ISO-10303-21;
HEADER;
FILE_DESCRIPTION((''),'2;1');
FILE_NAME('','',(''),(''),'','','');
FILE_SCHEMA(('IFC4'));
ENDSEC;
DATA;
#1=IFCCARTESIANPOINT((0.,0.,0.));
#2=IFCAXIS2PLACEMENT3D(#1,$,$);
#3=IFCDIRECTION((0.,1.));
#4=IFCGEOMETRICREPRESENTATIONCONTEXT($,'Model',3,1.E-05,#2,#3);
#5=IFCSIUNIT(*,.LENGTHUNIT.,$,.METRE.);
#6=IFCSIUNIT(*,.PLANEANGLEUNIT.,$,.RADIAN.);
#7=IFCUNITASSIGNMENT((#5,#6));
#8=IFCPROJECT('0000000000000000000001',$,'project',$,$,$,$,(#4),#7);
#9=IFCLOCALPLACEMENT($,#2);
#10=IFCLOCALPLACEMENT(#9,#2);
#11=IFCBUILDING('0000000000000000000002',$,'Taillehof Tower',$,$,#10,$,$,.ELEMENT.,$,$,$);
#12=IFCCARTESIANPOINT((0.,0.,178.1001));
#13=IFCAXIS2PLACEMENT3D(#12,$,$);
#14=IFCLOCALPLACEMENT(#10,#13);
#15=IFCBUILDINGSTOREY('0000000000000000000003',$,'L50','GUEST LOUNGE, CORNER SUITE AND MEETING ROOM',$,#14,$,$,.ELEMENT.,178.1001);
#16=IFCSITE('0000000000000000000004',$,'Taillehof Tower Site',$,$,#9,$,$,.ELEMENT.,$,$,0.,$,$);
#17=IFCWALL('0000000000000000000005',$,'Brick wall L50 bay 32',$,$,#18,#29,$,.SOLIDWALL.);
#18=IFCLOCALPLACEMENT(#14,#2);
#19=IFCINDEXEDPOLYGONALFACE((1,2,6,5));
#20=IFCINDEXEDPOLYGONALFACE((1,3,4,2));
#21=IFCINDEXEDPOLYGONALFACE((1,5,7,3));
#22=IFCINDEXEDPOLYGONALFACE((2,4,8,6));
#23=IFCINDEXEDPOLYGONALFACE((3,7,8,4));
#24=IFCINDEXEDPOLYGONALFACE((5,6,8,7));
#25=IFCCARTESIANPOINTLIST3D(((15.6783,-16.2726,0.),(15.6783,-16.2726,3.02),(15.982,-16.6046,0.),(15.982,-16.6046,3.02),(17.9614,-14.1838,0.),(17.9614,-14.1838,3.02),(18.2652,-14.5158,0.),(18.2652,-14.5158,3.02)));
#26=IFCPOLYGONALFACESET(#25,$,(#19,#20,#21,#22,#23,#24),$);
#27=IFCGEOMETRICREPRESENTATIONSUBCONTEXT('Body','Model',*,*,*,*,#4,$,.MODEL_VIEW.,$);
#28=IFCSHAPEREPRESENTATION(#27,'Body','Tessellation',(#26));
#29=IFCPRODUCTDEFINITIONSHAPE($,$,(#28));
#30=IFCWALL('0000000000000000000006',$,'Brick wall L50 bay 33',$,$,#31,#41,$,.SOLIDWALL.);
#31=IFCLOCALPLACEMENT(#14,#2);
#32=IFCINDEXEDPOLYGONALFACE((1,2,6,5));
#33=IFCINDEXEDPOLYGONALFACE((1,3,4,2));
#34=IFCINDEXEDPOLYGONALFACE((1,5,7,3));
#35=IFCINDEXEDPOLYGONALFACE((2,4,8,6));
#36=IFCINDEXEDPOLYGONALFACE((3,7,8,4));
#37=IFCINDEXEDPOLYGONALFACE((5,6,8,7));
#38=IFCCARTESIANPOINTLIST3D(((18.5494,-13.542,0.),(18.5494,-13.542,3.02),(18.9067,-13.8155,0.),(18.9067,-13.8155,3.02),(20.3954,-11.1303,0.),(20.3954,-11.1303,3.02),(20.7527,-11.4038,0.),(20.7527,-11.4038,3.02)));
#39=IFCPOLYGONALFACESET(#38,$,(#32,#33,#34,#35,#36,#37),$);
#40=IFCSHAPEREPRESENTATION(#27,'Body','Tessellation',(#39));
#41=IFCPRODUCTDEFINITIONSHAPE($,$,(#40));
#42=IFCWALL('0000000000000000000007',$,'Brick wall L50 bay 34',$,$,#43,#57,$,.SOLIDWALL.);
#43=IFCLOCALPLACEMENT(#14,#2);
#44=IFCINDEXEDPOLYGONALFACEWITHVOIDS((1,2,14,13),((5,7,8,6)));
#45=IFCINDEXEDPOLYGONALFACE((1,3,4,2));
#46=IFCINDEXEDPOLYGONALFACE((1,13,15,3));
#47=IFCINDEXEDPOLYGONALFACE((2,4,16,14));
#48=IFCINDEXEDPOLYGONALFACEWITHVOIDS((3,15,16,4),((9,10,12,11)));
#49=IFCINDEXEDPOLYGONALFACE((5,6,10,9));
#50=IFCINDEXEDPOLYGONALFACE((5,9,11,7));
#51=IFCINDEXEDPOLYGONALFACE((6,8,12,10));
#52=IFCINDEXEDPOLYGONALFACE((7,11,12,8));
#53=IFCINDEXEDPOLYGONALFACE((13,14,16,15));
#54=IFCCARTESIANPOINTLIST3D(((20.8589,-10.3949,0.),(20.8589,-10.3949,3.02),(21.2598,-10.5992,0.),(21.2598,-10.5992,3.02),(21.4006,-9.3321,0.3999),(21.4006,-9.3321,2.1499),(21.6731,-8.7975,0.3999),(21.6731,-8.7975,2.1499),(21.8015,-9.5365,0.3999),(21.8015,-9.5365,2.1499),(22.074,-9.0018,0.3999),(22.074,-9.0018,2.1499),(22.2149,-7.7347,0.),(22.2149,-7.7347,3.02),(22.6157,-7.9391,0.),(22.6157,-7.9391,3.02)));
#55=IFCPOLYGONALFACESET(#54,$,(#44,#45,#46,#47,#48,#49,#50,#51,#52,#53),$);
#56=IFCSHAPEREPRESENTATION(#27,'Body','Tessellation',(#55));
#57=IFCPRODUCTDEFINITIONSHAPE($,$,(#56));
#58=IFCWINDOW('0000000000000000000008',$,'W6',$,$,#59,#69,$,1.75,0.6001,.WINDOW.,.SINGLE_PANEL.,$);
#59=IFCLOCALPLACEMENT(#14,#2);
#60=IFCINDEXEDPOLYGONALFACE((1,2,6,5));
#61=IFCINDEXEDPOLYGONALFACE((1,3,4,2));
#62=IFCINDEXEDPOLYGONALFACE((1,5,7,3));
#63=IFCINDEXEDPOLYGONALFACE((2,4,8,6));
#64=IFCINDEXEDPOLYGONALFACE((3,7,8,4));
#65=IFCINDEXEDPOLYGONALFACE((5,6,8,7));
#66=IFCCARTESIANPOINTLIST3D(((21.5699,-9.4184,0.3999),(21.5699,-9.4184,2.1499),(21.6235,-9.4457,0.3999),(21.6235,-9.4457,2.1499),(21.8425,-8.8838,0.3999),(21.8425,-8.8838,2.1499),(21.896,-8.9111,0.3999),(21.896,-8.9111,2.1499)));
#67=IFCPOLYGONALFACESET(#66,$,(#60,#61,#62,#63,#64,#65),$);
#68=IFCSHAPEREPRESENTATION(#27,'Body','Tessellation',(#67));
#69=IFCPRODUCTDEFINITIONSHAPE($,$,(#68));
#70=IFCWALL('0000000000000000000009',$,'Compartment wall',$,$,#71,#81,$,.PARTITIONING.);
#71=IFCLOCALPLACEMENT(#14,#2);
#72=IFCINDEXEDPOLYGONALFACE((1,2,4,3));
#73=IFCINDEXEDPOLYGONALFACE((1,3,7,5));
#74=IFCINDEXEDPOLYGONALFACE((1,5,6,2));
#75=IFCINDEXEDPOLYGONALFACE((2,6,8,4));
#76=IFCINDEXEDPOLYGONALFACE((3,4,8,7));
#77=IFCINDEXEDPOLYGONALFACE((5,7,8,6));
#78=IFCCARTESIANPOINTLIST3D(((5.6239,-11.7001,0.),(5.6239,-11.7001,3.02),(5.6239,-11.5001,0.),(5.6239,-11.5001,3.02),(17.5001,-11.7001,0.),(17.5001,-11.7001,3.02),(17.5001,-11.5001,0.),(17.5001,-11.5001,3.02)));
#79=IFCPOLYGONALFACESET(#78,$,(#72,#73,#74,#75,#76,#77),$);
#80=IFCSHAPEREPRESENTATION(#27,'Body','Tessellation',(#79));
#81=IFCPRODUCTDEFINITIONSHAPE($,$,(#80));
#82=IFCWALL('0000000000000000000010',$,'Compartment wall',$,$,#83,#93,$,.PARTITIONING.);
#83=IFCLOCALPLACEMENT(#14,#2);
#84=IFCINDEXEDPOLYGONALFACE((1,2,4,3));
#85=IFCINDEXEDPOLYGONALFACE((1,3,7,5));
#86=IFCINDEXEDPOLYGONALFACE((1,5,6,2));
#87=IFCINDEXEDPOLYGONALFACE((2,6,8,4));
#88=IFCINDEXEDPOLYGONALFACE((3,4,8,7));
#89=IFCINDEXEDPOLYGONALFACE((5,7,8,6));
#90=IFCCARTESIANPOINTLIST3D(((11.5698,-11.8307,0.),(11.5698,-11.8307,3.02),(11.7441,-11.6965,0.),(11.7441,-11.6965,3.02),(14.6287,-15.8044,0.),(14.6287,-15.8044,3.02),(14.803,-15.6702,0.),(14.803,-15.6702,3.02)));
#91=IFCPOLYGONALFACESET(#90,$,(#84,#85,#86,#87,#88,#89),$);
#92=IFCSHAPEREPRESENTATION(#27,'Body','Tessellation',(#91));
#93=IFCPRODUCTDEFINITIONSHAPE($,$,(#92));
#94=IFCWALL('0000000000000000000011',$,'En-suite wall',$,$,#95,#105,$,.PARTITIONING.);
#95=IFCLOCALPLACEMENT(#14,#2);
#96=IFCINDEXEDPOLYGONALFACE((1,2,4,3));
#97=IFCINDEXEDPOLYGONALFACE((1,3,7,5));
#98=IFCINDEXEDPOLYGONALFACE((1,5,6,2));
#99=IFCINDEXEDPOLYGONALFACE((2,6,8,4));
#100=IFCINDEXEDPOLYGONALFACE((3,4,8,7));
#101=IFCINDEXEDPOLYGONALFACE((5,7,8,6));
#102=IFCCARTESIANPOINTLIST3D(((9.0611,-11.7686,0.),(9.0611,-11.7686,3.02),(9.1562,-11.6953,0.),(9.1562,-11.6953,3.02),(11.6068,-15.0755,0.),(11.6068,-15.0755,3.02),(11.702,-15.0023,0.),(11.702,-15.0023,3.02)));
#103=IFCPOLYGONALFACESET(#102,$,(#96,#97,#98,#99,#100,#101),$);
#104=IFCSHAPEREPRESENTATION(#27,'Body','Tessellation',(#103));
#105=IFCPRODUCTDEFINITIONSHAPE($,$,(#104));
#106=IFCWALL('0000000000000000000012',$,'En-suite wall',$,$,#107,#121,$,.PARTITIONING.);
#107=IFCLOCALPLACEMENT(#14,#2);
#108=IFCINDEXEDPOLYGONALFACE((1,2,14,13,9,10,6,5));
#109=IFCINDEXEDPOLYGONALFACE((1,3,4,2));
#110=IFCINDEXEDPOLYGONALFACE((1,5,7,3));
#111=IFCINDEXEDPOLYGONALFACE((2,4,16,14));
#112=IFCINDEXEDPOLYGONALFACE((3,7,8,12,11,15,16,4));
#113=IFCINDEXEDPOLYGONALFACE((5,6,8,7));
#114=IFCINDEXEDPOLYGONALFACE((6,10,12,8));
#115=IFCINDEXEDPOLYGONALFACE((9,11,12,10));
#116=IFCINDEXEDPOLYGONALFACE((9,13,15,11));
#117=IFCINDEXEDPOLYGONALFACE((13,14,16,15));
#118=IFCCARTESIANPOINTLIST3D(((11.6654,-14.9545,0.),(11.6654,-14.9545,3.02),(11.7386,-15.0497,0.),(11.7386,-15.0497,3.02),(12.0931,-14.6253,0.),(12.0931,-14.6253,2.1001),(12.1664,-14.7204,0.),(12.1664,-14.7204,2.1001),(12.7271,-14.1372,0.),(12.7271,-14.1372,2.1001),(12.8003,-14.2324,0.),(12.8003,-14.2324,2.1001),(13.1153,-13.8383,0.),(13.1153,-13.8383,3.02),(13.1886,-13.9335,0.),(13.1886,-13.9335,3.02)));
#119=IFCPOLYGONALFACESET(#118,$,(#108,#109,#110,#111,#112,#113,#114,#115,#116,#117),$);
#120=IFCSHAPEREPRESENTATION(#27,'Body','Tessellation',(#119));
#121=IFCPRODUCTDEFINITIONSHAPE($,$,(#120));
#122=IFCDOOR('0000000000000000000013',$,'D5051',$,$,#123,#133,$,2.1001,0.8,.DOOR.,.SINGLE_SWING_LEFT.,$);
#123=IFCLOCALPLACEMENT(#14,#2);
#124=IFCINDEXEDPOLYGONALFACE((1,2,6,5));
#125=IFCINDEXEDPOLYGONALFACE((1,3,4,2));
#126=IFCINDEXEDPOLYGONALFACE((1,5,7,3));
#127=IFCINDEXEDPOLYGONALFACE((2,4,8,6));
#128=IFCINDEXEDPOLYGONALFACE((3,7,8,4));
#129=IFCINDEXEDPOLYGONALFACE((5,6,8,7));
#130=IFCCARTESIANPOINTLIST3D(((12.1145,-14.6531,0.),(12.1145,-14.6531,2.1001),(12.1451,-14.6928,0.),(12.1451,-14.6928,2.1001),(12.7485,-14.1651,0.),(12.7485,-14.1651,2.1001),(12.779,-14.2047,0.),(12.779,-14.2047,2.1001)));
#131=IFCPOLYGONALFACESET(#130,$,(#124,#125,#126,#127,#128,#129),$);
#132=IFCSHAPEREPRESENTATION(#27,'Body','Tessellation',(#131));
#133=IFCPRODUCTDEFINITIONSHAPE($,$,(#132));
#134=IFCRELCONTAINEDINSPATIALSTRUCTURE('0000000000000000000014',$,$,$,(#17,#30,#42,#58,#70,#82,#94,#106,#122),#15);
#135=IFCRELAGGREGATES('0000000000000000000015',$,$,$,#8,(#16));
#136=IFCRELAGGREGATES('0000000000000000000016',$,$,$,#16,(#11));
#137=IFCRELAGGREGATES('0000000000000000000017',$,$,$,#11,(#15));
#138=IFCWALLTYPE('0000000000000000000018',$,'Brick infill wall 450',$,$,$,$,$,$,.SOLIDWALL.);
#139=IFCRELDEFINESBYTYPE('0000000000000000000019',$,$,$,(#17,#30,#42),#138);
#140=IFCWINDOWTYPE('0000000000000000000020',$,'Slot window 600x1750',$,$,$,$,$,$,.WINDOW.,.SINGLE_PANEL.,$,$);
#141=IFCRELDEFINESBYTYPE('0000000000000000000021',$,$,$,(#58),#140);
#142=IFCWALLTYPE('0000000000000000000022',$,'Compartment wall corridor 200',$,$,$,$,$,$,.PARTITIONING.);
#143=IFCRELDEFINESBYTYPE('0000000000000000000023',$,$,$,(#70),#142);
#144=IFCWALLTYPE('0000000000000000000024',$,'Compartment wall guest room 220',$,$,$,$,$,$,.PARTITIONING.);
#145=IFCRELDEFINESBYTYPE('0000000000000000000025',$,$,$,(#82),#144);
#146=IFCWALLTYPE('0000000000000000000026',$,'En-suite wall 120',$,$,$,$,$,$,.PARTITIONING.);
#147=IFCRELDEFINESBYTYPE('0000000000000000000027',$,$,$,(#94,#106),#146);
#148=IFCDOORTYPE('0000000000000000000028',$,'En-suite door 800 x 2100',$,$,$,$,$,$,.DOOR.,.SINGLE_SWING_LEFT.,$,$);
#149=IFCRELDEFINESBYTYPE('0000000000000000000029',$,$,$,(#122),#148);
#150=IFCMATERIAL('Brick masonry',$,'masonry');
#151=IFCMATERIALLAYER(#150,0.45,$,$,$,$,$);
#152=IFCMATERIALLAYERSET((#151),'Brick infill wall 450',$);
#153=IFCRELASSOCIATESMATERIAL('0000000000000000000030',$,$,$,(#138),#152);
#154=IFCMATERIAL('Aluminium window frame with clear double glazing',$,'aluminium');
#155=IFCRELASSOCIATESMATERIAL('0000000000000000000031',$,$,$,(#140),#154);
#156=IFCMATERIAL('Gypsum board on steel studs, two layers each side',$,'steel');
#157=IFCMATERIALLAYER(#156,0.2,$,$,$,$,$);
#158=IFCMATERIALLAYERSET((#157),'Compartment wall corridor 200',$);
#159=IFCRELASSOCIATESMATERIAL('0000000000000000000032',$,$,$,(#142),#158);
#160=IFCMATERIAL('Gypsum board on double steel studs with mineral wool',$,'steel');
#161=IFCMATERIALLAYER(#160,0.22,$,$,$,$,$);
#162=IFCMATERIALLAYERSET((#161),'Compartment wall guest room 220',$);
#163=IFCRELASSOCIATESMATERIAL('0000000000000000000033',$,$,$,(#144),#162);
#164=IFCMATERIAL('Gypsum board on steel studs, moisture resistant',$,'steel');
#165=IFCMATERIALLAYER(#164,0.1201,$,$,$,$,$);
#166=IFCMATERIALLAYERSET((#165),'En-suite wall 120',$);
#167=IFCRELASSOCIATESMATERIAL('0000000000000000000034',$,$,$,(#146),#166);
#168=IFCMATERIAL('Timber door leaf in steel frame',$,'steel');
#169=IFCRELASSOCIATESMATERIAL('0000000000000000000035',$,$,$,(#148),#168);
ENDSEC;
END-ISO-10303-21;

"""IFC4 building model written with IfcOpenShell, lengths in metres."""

from ifc_helpers import new_model, si_unit, direction, frame, frame_2d, origin, place, context, subcontext, project, spatial, rectangle, extrude, material, layer, layer_set, type_object, element, fill, save


model = new_model("IFC4")

# Units and contexts
model_context = context("Model", 3, precision=1e-05, world=origin(), true_north=direction((0.0, 1.0)))
body_context = subcontext(model_context, "Body", "Model", "MODEL_VIEW")
ifc_project = project(units=[si_unit("LENGTHUNIT", "METRE"), si_unit("PLANEANGLEUNIT", "RADIAN")], contexts=[model_context])

# Site, building, storey
site_placement = place(None, origin())
site = spatial("IfcSite", under=ifc_project, at=site_placement, Name="Taillehof Tower Site", CompositionType="ELEMENT", RefElevation=0.0)
building_placement = place(site_placement, origin())
building = spatial("IfcBuilding", under=site, at=building_placement, Name="Taillehof Tower", CompositionType="ELEMENT")
storey_placement = place(building_placement, frame((0.0, 0.0, 178.1001)))
storey = spatial("IfcBuildingStorey", under=building, at=storey_placement, Name="L50", Description="GUEST LOUNGE, CORNER SUITE AND MEETING ROOM", CompositionType="ELEMENT", Elevation=178.1001)

# Shared definitions
ifc_material_1 = material(Name="Brick masonry", Category="masonry")
ifc_layer_1 = layer(ifc_material_1, 0.45)
ifc_layer_set_1 = layer_set([ifc_layer_1], Name="Brick infill wall 450")
wall_type_1 = type_object("IfcWallType", Name="Brick infill wall 450", PredefinedType="SOLIDWALL", material=ifc_layer_set_1)

# Walls
wall_1_placement = place(storey_placement, frame((15.8301, -16.4387, 0.0), z_axis=(0.0, 0.0, 1.0), x_axis=(0.737809, 0.67501, 0.0)))
element("IfcWall", 1, at=wall_1_placement, inside=storey, type_object=wall_type_1, Name="Brick wall L50 bay 32", PredefinedType="SOLIDWALL", context=body_context, shape_type="SweptSolid", body=[
    extrude(rectangle(XDim=3.0945, YDim=0.45, at=frame_2d((1.5474, 0.0))), origin(), (0.0, 0.0, 1.0), 3.02),
])
wall_2_placement = place(storey_placement, frame((18.728, -13.6787, 0.0), z_axis=(0.0, 0.0, 1.0), x_axis=(0.607817, 0.794077, 0.0)))
element("IfcWall", 2, at=wall_2_placement, inside=storey, type_object=wall_type_1, Name="Brick wall L50 bay 33", PredefinedType="SOLIDWALL", context=body_context, shape_type="SweptSolid", body=[
    extrude(rectangle(XDim=3.0371, YDim=0.45, at=frame_2d((1.5186, 0.0))), origin(), (0.0, 0.0, 1.0), 3.02),
])

# Wall, opening, window
wall_3_placement = place(storey_placement, frame((21.0593, -10.4971, 0.0), z_axis=(0.0, 0.0, 1.0), x_axis=(0.454134, 0.890933, 0.0)))
wall_3 = element("IfcWall", 3, at=wall_3_placement, inside=storey, type_object=wall_type_1, Name="Brick wall L50 bay 34", PredefinedType="SOLIDWALL", context=body_context, shape_type="SweptSolid", body=[
    extrude(rectangle(XDim=2.9858, YDim=0.45, at=frame_2d((1.4929, 0.0))), origin(), (0.0, 0.0, 1.0), 3.02),
])
opening_1_placement = place(wall_3_placement, frame((1.1929, 0.0, 0.3999)))
opening_1 = element("IfcOpeningElement", 4, at=opening_1_placement, cuts=wall_3, PredefinedType="OPENING", context=body_context, shape_type="SweptSolid", body=[
    extrude(rectangle(XDim=0.6001, YDim=1.75, at=frame_2d((0.3, 0.875))), frame((0.0, 0.2349, 0.0), z_axis=(0.0, -1.0, 0.0), x_axis=(1.0, 0.0, 0.0)), (0.0, 0.0, 1.0), 0.47),
])
ifc_material_2 = material(Name="Aluminium window frame with clear double glazing", Category="aluminium")
window_type_1 = type_object("IfcWindowType", Name="Slot window 600x1750", PartitioningType="SINGLE_PANEL", PredefinedType="WINDOW", material=ifc_material_2)
window_1_placement = place(opening_1_placement, origin())
window_1 = element("IfcWindow", 5, at=window_1_placement, inside=storey, type_object=window_type_1, Name="W6", OverallHeight=1.75, OverallWidth=0.6001, PartitioningType="SINGLE_PANEL", PredefinedType="WINDOW", context=body_context, shape_type="SweptSolid", body=[
    extrude(rectangle(XDim=0.6001, YDim=1.75, at=frame_2d((0.3, 0.875))), frame((0.0, 0.0349, 0.0), z_axis=(0.0, -1.0, 0.0), x_axis=(1.0, 0.0, 0.0)), (0.0, 0.0, 1.0), 0.0601),
])
fill(opening_1, window_1)

# Walls
ifc_material_3 = material(Name="Gypsum board on steel studs, two layers each side", Category="steel")
ifc_layer_2 = layer(ifc_material_3, 0.2)
ifc_layer_set_2 = layer_set([ifc_layer_2], Name="Compartment wall corridor 200")
wall_type_2 = type_object("IfcWallType", Name="Compartment wall corridor 200", PredefinedType="PARTITIONING", material=ifc_layer_set_2)
wall_4_placement = place(storey_placement, frame((17.5, -11.6001, 0.0), z_axis=(0.0, 0.0, 1.0), x_axis=(-1.0, 0.0, 0.0)))
element("IfcWall", 6, at=wall_4_placement, inside=storey, type_object=wall_type_2, Name="Compartment wall", PredefinedType="PARTITIONING", context=body_context, shape_type="SweptSolid", body=[
    extrude(rectangle(XDim=11.8762, YDim=0.2, at=frame_2d((5.938, 0.0))), origin(), (0.0, 0.0, 1.0), 3.02),
])
ifc_material_4 = material(Name="Gypsum board on double steel studs with mineral wool", Category="steel")
ifc_layer_3 = layer(ifc_material_4, 0.22)
ifc_layer_set_3 = layer_set([ifc_layer_3], Name="Compartment wall guest room 220")
wall_type_3 = type_object("IfcWallType", Name="Compartment wall guest room 220", PredefinedType="PARTITIONING", material=ifc_layer_set_3)
wall_5_placement = place(storey_placement, frame((14.7158, -15.7373, 0.0), z_axis=(0.0, 0.0, 1.0), x_axis=(-0.609986, 0.792412, 0.0)))
element("IfcWall", 7, at=wall_5_placement, inside=storey, type_object=wall_type_3, Name="Compartment wall", PredefinedType="PARTITIONING", context=body_context, shape_type="SweptSolid", body=[
    extrude(rectangle(XDim=5.0146, YDim=0.22, at=frame_2d((2.5073, 0.0))), origin(), (0.0, 0.0, 1.0), 3.02),
])
ifc_material_5 = material(Name="Gypsum board on steel studs, moisture resistant", Category="steel")
ifc_layer_4 = layer(ifc_material_5, 0.1201)
ifc_layer_set_4 = layer_set([ifc_layer_4], Name="En-suite wall 120")
wall_type_4 = type_object("IfcWallType", Name="En-suite wall 120", PredefinedType="PARTITIONING", material=ifc_layer_set_4)
wall_6_placement = place(storey_placement, frame((9.1086, -11.7319, 0.0), z_axis=(0.0, 0.0, 1.0), x_axis=(0.609996, -0.792404, 0.0)))
element("IfcWall", 8, at=wall_6_placement, inside=storey, type_object=wall_type_4, Name="En-suite wall", PredefinedType="PARTITIONING", context=body_context, shape_type="SweptSolid", body=[
    extrude(rectangle(XDim=4.1733, YDim=0.1201, at=frame_2d((2.0867, 0.0))), origin(), (0.0, 0.0, 1.0), 3.02),
])

# Wall, opening, door
wall_7_placement = place(storey_placement, frame((11.7019, -15.0022, 0.0), z_axis=(0.0, 0.0, 1.0), x_axis=(0.792396, 0.610007, 0.0)))
wall_7 = element("IfcWall", 9, at=wall_7_placement, inside=storey, type_object=wall_type_4, Name="En-suite wall", PredefinedType="PARTITIONING", context=body_context, shape_type="SweptSolid", body=[
    extrude(rectangle(XDim=1.8298, YDim=0.1201, at=frame_2d((0.915, 0.0))), origin(), (0.0, 0.0, 1.0), 3.02),
])
opening_2_placement = place(wall_7_placement, frame((0.54, 0.0, 0.0)))
opening_2 = element("IfcOpeningElement", 10, at=opening_2_placement, cuts=wall_7, PredefinedType="OPENING", context=body_context, shape_type="SweptSolid", body=[
    extrude(rectangle(XDim=0.8, YDim=2.1001, at=frame_2d((0.3999, 1.05))), frame((0.0, 0.0701, 0.0), z_axis=(0.0, -1.0, 0.0), x_axis=(1.0, 0.0, 0.0)), (0.0, 0.0, 1.0), 0.1401),
])
ifc_material_6 = material(Name="Timber door leaf in steel frame", Category="steel")
door_type = type_object("IfcDoorType", Name="En-suite door 800 x 2100", OperationType="SINGLE_SWING_LEFT", PredefinedType="DOOR", material=ifc_material_6)
door_placement = place(opening_2_placement, origin())
door = element("IfcDoor", 11, at=door_placement, inside=storey, type_object=door_type, Name="D5051", OperationType="SINGLE_SWING_LEFT", OverallHeight=2.1001, OverallWidth=0.8, PredefinedType="DOOR", context=body_context, shape_type="SweptSolid", body=[
    extrude(rectangle(XDim=0.8, YDim=2.1001, at=frame_2d((0.3999, 1.05))), frame((0.0, 0.0249, 0.0), z_axis=(0.0, -1.0, 0.0), x_axis=(1.0, 0.0, 0.0)), (0.0, 0.0, 1.0), 0.05),
])
fill(opening_2, door)

save(model, "model.ifc")
